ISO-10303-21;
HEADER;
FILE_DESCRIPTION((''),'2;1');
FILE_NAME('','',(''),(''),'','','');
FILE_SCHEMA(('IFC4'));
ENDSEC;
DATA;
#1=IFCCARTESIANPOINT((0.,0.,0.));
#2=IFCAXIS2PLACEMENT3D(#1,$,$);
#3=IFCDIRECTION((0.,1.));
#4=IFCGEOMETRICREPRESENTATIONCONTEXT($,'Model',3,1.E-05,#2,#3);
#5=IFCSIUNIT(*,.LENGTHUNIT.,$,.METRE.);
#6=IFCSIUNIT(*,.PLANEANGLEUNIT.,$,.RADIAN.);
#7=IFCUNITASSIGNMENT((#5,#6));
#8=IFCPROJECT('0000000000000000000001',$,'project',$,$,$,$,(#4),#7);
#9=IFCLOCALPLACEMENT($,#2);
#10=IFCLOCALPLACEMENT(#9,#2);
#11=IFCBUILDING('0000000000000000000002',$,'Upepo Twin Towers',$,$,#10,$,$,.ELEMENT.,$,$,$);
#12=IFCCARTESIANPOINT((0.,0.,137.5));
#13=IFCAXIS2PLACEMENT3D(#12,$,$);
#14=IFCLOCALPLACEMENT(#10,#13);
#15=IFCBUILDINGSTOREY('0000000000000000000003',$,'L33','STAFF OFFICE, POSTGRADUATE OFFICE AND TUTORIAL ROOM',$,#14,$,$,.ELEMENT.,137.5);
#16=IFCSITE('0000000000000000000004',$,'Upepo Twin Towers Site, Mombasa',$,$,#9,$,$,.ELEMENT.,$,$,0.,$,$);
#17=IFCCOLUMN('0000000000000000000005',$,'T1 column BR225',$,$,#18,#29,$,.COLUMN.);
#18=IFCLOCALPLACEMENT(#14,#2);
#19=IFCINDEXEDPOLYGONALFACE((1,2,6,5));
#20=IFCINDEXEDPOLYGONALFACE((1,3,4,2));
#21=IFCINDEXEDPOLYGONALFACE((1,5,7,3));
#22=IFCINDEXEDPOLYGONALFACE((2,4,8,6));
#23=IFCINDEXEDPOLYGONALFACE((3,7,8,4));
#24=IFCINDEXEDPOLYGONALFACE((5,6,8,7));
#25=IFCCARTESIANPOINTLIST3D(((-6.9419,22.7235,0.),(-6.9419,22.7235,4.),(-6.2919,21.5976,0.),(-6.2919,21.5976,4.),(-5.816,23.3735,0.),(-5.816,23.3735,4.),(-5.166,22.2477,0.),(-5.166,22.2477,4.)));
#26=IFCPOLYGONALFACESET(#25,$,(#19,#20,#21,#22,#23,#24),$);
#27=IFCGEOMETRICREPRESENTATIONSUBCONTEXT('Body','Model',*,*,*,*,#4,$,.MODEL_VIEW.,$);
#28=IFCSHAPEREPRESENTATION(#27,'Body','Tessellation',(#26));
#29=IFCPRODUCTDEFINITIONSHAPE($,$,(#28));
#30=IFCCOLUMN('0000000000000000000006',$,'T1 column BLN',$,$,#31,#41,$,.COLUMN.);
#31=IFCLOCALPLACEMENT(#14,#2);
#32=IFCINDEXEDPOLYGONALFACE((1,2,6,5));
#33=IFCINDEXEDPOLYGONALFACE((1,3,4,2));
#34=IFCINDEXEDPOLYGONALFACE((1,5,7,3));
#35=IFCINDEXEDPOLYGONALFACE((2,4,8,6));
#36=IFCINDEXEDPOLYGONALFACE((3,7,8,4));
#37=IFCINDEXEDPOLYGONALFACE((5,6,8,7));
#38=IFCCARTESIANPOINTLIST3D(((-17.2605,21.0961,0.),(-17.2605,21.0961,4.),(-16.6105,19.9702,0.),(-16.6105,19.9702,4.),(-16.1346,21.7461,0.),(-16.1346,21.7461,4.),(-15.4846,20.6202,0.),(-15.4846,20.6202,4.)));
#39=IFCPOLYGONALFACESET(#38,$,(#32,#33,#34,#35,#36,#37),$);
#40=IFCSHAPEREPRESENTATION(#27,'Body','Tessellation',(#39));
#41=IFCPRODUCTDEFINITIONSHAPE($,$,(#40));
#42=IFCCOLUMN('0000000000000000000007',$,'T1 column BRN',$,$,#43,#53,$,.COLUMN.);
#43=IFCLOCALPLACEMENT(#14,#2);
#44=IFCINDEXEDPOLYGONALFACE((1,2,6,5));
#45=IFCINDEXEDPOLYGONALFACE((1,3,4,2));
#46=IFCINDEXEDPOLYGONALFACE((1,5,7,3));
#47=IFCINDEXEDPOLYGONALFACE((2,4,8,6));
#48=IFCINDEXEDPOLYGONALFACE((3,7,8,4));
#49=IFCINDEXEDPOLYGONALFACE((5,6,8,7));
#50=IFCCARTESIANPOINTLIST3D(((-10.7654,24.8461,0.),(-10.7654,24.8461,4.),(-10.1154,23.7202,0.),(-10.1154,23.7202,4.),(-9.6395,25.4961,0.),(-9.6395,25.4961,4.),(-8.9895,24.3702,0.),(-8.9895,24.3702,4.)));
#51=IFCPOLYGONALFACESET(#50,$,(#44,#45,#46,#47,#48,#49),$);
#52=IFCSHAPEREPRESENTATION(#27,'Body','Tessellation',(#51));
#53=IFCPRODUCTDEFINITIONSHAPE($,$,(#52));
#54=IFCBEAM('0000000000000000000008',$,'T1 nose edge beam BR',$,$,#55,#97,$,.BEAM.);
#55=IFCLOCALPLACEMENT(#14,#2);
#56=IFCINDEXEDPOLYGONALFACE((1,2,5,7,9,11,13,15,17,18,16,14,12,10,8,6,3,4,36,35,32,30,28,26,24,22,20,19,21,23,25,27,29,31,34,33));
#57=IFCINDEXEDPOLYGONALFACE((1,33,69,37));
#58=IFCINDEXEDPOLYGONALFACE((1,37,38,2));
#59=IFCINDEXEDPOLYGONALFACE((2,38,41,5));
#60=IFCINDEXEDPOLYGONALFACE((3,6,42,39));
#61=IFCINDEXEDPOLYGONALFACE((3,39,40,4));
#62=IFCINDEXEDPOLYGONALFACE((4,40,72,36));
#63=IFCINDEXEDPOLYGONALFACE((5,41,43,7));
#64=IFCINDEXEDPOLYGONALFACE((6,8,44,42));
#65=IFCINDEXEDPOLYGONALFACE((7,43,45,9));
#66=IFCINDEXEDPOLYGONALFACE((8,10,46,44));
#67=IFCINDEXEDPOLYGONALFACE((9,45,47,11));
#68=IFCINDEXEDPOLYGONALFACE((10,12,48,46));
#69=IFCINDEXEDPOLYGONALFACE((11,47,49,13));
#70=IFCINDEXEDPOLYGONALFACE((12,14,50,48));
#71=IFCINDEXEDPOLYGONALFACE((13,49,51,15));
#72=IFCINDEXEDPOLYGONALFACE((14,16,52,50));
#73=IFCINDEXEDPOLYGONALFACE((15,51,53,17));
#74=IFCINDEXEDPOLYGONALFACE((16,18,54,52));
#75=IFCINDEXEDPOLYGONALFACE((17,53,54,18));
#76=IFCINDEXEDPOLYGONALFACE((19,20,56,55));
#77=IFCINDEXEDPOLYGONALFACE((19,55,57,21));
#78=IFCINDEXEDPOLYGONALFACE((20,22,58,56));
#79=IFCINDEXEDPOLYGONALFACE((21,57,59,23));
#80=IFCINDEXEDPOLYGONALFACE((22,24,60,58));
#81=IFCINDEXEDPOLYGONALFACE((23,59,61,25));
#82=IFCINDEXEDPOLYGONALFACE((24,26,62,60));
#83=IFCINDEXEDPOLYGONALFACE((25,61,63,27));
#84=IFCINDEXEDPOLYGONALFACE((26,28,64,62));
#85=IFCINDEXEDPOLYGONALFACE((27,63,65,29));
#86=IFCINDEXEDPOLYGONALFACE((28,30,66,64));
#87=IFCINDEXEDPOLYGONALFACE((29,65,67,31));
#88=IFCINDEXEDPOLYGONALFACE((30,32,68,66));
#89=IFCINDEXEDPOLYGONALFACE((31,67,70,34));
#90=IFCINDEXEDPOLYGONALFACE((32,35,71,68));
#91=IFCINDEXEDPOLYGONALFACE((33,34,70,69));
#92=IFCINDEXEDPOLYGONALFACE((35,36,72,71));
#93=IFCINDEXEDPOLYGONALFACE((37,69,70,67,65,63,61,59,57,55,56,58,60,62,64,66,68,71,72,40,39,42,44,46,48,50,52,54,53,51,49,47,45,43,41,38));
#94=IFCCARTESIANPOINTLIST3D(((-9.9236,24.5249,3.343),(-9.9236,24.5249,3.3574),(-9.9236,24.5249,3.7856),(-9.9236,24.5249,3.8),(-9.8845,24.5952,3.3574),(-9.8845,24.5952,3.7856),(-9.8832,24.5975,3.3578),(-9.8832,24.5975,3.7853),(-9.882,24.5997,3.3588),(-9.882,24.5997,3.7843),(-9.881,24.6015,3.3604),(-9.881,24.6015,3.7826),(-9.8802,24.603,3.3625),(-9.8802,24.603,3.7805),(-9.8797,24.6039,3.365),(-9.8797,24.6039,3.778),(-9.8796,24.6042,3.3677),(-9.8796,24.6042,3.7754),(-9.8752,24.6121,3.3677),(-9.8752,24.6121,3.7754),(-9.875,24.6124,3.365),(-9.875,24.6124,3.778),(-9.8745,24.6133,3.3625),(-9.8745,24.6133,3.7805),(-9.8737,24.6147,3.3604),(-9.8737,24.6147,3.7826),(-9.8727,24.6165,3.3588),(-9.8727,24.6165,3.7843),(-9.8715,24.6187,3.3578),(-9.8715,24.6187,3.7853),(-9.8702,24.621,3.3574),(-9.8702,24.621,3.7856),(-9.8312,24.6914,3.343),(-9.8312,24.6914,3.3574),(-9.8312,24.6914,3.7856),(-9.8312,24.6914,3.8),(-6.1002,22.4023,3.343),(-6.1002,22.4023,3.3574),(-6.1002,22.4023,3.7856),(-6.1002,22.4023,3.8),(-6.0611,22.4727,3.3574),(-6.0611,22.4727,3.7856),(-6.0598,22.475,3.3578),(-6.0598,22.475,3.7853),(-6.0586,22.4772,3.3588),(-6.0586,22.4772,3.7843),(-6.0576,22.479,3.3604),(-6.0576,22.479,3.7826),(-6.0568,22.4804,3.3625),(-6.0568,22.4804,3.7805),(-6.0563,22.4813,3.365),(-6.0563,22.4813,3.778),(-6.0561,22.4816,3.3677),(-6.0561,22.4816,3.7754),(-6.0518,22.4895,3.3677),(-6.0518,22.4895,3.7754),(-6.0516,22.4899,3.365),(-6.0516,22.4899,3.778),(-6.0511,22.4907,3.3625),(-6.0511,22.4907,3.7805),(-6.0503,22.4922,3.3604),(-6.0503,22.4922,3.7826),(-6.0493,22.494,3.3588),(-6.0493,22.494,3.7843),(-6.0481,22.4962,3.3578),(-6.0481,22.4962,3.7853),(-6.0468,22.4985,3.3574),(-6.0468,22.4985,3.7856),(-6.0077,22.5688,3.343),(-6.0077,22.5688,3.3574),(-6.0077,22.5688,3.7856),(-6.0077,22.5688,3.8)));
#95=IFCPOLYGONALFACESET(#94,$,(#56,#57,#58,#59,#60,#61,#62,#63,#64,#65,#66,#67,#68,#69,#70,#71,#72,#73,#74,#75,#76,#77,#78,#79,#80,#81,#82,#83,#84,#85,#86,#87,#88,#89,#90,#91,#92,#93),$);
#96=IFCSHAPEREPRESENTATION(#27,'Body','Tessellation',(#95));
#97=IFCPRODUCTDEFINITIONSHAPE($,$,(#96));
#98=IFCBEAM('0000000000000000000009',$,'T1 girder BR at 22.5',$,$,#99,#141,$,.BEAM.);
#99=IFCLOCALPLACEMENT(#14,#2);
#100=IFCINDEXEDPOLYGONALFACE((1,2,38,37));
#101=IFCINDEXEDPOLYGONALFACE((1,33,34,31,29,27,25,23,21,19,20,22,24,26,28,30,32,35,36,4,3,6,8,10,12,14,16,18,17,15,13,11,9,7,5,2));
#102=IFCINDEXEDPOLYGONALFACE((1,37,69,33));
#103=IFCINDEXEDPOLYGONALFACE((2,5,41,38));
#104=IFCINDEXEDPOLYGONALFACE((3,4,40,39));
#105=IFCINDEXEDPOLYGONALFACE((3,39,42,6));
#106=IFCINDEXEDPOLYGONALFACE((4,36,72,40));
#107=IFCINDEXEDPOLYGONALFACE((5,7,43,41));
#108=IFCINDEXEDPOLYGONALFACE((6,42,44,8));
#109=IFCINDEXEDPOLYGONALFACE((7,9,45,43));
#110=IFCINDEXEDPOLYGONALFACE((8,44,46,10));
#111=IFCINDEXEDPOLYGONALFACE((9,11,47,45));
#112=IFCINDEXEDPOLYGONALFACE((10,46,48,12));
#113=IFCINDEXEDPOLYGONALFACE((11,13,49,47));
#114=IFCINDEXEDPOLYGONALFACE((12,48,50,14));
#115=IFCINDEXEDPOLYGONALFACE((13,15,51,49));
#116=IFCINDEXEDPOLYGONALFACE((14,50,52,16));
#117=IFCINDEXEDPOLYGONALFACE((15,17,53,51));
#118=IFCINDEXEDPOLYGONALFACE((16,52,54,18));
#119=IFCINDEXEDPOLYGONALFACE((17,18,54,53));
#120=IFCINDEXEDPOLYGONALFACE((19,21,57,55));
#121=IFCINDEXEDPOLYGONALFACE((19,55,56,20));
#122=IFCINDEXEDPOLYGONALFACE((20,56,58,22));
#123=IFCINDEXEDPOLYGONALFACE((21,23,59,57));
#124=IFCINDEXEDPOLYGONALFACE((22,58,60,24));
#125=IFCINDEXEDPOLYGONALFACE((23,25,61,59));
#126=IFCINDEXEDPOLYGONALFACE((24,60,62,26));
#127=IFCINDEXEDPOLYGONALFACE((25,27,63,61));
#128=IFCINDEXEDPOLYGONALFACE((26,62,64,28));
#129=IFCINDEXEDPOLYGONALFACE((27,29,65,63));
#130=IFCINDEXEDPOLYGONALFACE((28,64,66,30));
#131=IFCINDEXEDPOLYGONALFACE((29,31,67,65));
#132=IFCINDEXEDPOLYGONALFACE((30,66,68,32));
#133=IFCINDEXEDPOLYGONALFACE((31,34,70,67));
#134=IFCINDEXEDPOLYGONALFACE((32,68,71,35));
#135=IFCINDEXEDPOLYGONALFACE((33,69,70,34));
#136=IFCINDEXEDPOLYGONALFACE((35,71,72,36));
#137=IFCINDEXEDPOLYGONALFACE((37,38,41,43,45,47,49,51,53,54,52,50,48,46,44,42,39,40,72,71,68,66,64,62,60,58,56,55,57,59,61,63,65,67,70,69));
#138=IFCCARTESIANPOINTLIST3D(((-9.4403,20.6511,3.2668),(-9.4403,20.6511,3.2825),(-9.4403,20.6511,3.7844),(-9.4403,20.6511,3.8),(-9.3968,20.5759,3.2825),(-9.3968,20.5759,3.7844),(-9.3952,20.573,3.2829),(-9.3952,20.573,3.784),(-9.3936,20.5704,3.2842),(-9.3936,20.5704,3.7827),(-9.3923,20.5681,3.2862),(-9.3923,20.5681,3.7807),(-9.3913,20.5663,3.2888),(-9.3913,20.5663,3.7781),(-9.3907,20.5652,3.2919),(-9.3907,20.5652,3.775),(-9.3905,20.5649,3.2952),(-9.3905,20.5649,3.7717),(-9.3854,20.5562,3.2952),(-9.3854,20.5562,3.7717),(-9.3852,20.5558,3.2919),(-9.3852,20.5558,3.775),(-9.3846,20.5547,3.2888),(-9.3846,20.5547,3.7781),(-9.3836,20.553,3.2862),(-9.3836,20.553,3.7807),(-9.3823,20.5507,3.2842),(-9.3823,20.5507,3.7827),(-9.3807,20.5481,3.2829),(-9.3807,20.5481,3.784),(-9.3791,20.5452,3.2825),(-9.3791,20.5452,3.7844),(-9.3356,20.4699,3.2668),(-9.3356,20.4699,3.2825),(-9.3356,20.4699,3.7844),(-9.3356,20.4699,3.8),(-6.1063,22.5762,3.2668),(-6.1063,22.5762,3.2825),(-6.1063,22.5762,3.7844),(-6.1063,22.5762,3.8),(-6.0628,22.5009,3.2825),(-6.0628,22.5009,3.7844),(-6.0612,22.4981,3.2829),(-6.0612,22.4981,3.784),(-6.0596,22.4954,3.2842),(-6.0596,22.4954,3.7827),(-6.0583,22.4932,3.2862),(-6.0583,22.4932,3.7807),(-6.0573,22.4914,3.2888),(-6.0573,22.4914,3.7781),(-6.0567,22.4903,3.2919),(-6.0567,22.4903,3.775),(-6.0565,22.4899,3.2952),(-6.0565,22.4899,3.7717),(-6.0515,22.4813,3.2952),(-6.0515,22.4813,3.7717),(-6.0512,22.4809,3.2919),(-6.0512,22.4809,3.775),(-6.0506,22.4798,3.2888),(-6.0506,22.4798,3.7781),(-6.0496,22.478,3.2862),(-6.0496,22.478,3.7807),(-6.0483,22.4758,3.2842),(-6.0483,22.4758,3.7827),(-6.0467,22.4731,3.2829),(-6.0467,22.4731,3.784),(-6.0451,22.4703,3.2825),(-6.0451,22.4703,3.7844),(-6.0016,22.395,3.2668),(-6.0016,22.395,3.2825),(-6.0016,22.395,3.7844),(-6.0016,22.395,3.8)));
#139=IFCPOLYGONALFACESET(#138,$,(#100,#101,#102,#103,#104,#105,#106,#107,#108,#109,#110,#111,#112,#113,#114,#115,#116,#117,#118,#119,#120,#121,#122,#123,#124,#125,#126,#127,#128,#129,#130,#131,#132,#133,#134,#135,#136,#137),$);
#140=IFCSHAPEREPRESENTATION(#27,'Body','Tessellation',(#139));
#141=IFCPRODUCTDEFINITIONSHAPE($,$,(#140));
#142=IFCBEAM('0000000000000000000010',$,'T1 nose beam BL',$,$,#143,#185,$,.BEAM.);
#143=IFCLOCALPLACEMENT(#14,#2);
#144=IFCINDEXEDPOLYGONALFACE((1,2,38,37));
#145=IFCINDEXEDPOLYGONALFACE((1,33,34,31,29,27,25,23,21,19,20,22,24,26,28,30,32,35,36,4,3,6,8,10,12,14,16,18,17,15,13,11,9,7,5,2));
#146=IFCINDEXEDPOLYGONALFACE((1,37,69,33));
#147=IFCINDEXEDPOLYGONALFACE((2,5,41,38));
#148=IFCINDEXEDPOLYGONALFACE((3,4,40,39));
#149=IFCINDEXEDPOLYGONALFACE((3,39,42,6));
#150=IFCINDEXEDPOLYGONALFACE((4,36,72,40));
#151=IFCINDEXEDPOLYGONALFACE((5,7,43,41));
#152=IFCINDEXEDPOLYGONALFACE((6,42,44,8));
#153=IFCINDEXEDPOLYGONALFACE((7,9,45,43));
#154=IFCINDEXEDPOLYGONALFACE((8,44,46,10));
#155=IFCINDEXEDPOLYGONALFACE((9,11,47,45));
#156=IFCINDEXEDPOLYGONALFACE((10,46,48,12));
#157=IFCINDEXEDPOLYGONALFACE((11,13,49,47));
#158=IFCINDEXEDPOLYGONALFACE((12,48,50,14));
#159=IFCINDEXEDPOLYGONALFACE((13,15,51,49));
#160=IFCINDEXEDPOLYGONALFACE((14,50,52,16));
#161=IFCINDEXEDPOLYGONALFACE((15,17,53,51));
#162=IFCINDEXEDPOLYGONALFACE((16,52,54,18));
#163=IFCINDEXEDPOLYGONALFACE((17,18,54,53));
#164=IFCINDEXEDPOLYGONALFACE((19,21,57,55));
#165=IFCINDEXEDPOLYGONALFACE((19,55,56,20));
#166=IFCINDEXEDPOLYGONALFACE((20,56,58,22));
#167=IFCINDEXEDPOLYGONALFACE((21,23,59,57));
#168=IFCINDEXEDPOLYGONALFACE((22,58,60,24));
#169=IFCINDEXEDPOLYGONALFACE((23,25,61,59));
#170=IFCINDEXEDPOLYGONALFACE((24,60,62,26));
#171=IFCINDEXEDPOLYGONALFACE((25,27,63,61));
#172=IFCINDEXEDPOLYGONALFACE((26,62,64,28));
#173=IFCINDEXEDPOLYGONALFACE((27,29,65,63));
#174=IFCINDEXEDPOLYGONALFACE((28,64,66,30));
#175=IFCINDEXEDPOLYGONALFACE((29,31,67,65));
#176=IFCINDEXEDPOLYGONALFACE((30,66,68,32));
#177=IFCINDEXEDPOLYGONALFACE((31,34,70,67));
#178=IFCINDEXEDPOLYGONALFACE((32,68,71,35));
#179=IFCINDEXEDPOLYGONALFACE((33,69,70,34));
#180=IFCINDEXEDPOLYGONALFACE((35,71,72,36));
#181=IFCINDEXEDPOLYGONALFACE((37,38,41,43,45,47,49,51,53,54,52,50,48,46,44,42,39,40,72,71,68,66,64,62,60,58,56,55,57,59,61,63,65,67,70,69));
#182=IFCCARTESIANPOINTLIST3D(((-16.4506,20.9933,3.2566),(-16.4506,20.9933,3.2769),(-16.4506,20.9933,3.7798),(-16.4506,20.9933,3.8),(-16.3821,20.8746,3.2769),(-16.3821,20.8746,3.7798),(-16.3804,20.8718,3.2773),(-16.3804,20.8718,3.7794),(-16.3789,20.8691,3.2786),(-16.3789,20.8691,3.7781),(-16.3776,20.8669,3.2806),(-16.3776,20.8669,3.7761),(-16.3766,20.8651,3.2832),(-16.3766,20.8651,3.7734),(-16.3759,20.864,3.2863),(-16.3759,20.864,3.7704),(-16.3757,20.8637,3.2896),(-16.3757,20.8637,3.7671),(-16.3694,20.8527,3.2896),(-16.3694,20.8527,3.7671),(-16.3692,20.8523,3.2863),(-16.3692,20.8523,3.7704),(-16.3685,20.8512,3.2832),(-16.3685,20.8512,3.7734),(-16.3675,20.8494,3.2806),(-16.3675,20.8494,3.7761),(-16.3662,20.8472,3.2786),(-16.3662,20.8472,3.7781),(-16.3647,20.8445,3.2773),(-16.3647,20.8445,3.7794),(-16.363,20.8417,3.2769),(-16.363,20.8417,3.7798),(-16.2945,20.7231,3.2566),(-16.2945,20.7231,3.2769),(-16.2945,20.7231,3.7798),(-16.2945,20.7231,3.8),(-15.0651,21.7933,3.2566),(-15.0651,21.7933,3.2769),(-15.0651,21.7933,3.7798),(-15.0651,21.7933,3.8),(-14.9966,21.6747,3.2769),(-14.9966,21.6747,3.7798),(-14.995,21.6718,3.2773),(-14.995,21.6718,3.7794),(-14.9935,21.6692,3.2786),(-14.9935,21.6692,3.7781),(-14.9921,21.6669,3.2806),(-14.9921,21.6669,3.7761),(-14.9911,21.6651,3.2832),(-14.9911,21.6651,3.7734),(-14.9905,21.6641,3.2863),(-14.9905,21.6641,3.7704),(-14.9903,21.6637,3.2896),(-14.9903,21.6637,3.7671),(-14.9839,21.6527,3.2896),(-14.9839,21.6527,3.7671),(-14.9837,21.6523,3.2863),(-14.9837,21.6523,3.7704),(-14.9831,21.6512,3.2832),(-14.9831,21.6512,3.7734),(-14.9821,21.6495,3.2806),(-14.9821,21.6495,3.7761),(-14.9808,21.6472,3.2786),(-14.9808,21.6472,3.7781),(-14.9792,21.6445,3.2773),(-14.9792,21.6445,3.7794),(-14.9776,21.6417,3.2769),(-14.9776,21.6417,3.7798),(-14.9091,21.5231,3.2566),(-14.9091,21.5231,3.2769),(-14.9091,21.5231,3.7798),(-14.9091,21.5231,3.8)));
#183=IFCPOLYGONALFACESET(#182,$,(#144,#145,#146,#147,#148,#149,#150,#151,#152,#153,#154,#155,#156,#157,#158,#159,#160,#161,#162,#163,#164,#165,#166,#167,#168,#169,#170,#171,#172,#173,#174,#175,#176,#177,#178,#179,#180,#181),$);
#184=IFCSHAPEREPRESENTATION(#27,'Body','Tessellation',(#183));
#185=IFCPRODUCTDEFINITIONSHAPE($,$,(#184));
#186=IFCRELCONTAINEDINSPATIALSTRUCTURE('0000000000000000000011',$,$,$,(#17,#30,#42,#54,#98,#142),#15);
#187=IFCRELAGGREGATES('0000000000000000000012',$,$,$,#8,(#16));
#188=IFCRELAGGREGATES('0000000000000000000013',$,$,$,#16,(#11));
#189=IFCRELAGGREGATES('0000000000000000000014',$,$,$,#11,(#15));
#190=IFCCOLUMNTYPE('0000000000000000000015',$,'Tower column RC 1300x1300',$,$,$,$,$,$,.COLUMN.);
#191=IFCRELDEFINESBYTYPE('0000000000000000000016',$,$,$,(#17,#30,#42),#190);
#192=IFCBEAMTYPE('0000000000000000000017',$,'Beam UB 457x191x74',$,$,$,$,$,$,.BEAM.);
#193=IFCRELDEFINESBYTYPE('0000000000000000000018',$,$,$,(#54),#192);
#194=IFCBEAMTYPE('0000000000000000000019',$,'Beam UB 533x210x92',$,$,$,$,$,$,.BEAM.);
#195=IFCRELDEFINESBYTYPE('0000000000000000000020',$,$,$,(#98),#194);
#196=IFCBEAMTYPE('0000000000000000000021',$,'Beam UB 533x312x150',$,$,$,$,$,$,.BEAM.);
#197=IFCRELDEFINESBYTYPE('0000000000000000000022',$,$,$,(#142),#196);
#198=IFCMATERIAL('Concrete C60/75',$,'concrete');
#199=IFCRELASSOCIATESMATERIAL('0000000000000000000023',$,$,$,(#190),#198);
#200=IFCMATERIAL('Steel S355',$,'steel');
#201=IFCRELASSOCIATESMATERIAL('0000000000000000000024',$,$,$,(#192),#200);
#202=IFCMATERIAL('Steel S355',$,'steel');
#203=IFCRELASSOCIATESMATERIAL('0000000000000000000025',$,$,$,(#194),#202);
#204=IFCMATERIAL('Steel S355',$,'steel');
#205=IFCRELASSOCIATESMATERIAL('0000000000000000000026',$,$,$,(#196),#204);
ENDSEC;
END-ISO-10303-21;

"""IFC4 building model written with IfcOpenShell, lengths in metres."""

from ifc_helpers import new_model, si_unit, direction, frame, origin, origin_2d, place, context, subcontext, project, spatial, rectangle, i_section, extrude, material, material_profile, profile_set, type_object, element, save


model = new_model("IFC4")

# Units and contexts
model_context = context("Model", 3, precision=1e-05, world=origin(), true_north=direction((0.0, 1.0)))
body_context = subcontext(model_context, "Body", "Model", "MODEL_VIEW")
ifc_project = project(units=[si_unit("LENGTHUNIT", "METRE"), si_unit("PLANEANGLEUNIT", "RADIAN")], contexts=[model_context])

# Site, building, storey
site_placement = place(None, origin())
site = spatial("IfcSite", under=ifc_project, at=site_placement, Name="Upepo Twin Towers Site, Mombasa", CompositionType="ELEMENT", RefElevation=0.0)
building_placement = place(site_placement, origin())
building = spatial("IfcBuilding", under=site, at=building_placement, Name="Upepo Twin Towers", CompositionType="ELEMENT")
storey_placement = place(building_placement, frame((0.0, 0.0, 137.5)))
storey = spatial("IfcBuildingStorey", under=building, at=storey_placement, Name="L33", Description="STAFF OFFICE, POSTGRADUATE OFFICE AND TUTORIAL ROOM", CompositionType="ELEMENT", Elevation=137.5)

# Columns
ifc_material_1 = material(Name="Concrete C60/75", Category="concrete")
ifc_material_profile_1 = material_profile(ifc_material_1, rectangle(XDim=1.3, YDim=1.3, at=origin_2d()), Name="RC 1300x1300")
ifc_profile_set_1 = profile_set([ifc_material_profile_1], Name="Concrete C60/75")
column_type = type_object("IfcColumnType", Name="Tower column RC 1300x1300", PredefinedType="COLUMN", material=ifc_profile_set_1)
for number, where, z_axis, x_axis, name in (
    (1, (-6.054, 22.4856, 0.0), (0.0, 0.0, 1.0), (0.866025, 0.5, 0.0), "T1 column BR225"),
    (2, (-16.3726, 20.8582, 0.0), (0.0, 0.0, 1.0), (0.866025, 0.5, 0.0), "T1 column BLN"),
    (3, (-9.8774, 24.6082, 0.0), (0.0, 0.0, 1.0), (0.866025, 0.5, 0.0), "T1 column BRN"),
):
    element("IfcColumn", number, at=place(storey_placement, frame(where, z_axis=z_axis, x_axis=x_axis)), inside=storey, type_object=column_type, Name=name, PredefinedType="COLUMN", context=body_context, shape_type="SweptSolid", body=[
        extrude(rectangle(XDim=1.3, YDim=1.3, at=origin_2d()), origin(), (0.0, 0.0, 1.0), 4.0),
    ])

# Beams
ifc_material_2 = material(Name="Steel S355", Category="steel")
ifc_material_profile_2 = material_profile(ifc_material_2, i_section(OverallWidth=0.1904, OverallDepth=0.457, WebThickness=0.009, FlangeThickness=0.0144, FilletRadius=0.0103, at=origin_2d()), Name="UB 457x191x74")
ifc_profile_set_2 = profile_set([ifc_material_profile_2], Name="Steel S355")
beam_type_1 = type_object("IfcBeamType", Name="Beam UB 457x191x74", PredefinedType="BEAM", material=ifc_profile_set_2)
beam_1_placement = place(storey_placement, frame((-6.054, 22.4856, 3.5715), z_axis=(-0.874313, 0.485363, 0.0), x_axis=(-0.485363, -0.874313, 0.0)))
element("IfcBeam", 4, at=beam_1_placement, inside=storey, type_object=beam_type_1, Name="T1 nose edge beam BR", PredefinedType="BEAM", context=body_context, shape_type="SweptSolid", body=[
    extrude(i_section(OverallWidth=0.1904, OverallDepth=0.457, WebThickness=0.009, FlangeThickness=0.0144, FilletRadius=0.0103, at=origin_2d()), origin(), (0.0, 0.0, 1.0), 4.373),
])
ifc_material_3 = material(Name="Steel S355", Category="steel")
ifc_material_profile_3 = material_profile(ifc_material_3, i_section(OverallWidth=0.2092, OverallDepth=0.5332, WebThickness=0.01, FlangeThickness=0.0156, FilletRadius=0.0127, at=origin_2d()), Name="UB 533x210x92")
ifc_profile_set_3 = profile_set([ifc_material_profile_3], Name="Steel S355")
beam_type_2 = type_object("IfcBeamType", Name="Beam UB 533x210x92", PredefinedType="BEAM", material=ifc_profile_set_3)
beam_2_placement = place(storey_placement, frame((-6.054, 22.4856, 3.5334), z_axis=(-0.866006, -0.500034, 0.0), x_axis=(0.500034, -0.866006, 0.0)))
element("IfcBeam", 5, at=beam_2_placement, inside=storey, type_object=beam_type_2, Name="T1 girder BR at 22.5", PredefinedType="BEAM", context=body_context, shape_type="SweptSolid", body=[
    extrude(i_section(OverallWidth=0.2092, OverallDepth=0.5332, WebThickness=0.01, FlangeThickness=0.0156, FilletRadius=0.0127, at=origin_2d()), origin(), (0.0, 0.0, 1.0), 3.8499),
])
ifc_material_4 = material(Name="Steel S355", Category="steel")
ifc_material_profile_4 = material_profile(ifc_material_4, i_section(OverallWidth=0.312, OverallDepth=0.5435, WebThickness=0.0127, FlangeThickness=0.0203, FilletRadius=0.0127, at=origin_2d()), Name="UB 533x312x150")
ifc_profile_set_4 = profile_set([ifc_material_profile_4], Name="Steel S355")
beam_type_3 = type_object("IfcBeamType", Name="Beam UB 533x312x150", PredefinedType="BEAM", material=ifc_profile_set_4)
for number, where, z_axis, x_axis, name in (
    (6, (-16.3726, 20.8582, 3.5283), (0.86599, 0.500061, 0.0), (-0.500061, 0.86599, 0.0), "T1 nose beam BL"),
):
    element("IfcBeam", number, at=place(storey_placement, frame(where, z_axis=z_axis, x_axis=x_axis)), inside=storey, type_object=beam_type_3, Name=name, PredefinedType="BEAM", context=body_context, shape_type="SweptSolid", body=[
        extrude(i_section(OverallWidth=0.312, OverallDepth=0.5435, WebThickness=0.0127, FlangeThickness=0.0203, FilletRadius=0.0127, at=origin_2d()), origin(), (0.0, 0.0, 1.0), 1.5999),
    ])

save(model, "model.ifc")
